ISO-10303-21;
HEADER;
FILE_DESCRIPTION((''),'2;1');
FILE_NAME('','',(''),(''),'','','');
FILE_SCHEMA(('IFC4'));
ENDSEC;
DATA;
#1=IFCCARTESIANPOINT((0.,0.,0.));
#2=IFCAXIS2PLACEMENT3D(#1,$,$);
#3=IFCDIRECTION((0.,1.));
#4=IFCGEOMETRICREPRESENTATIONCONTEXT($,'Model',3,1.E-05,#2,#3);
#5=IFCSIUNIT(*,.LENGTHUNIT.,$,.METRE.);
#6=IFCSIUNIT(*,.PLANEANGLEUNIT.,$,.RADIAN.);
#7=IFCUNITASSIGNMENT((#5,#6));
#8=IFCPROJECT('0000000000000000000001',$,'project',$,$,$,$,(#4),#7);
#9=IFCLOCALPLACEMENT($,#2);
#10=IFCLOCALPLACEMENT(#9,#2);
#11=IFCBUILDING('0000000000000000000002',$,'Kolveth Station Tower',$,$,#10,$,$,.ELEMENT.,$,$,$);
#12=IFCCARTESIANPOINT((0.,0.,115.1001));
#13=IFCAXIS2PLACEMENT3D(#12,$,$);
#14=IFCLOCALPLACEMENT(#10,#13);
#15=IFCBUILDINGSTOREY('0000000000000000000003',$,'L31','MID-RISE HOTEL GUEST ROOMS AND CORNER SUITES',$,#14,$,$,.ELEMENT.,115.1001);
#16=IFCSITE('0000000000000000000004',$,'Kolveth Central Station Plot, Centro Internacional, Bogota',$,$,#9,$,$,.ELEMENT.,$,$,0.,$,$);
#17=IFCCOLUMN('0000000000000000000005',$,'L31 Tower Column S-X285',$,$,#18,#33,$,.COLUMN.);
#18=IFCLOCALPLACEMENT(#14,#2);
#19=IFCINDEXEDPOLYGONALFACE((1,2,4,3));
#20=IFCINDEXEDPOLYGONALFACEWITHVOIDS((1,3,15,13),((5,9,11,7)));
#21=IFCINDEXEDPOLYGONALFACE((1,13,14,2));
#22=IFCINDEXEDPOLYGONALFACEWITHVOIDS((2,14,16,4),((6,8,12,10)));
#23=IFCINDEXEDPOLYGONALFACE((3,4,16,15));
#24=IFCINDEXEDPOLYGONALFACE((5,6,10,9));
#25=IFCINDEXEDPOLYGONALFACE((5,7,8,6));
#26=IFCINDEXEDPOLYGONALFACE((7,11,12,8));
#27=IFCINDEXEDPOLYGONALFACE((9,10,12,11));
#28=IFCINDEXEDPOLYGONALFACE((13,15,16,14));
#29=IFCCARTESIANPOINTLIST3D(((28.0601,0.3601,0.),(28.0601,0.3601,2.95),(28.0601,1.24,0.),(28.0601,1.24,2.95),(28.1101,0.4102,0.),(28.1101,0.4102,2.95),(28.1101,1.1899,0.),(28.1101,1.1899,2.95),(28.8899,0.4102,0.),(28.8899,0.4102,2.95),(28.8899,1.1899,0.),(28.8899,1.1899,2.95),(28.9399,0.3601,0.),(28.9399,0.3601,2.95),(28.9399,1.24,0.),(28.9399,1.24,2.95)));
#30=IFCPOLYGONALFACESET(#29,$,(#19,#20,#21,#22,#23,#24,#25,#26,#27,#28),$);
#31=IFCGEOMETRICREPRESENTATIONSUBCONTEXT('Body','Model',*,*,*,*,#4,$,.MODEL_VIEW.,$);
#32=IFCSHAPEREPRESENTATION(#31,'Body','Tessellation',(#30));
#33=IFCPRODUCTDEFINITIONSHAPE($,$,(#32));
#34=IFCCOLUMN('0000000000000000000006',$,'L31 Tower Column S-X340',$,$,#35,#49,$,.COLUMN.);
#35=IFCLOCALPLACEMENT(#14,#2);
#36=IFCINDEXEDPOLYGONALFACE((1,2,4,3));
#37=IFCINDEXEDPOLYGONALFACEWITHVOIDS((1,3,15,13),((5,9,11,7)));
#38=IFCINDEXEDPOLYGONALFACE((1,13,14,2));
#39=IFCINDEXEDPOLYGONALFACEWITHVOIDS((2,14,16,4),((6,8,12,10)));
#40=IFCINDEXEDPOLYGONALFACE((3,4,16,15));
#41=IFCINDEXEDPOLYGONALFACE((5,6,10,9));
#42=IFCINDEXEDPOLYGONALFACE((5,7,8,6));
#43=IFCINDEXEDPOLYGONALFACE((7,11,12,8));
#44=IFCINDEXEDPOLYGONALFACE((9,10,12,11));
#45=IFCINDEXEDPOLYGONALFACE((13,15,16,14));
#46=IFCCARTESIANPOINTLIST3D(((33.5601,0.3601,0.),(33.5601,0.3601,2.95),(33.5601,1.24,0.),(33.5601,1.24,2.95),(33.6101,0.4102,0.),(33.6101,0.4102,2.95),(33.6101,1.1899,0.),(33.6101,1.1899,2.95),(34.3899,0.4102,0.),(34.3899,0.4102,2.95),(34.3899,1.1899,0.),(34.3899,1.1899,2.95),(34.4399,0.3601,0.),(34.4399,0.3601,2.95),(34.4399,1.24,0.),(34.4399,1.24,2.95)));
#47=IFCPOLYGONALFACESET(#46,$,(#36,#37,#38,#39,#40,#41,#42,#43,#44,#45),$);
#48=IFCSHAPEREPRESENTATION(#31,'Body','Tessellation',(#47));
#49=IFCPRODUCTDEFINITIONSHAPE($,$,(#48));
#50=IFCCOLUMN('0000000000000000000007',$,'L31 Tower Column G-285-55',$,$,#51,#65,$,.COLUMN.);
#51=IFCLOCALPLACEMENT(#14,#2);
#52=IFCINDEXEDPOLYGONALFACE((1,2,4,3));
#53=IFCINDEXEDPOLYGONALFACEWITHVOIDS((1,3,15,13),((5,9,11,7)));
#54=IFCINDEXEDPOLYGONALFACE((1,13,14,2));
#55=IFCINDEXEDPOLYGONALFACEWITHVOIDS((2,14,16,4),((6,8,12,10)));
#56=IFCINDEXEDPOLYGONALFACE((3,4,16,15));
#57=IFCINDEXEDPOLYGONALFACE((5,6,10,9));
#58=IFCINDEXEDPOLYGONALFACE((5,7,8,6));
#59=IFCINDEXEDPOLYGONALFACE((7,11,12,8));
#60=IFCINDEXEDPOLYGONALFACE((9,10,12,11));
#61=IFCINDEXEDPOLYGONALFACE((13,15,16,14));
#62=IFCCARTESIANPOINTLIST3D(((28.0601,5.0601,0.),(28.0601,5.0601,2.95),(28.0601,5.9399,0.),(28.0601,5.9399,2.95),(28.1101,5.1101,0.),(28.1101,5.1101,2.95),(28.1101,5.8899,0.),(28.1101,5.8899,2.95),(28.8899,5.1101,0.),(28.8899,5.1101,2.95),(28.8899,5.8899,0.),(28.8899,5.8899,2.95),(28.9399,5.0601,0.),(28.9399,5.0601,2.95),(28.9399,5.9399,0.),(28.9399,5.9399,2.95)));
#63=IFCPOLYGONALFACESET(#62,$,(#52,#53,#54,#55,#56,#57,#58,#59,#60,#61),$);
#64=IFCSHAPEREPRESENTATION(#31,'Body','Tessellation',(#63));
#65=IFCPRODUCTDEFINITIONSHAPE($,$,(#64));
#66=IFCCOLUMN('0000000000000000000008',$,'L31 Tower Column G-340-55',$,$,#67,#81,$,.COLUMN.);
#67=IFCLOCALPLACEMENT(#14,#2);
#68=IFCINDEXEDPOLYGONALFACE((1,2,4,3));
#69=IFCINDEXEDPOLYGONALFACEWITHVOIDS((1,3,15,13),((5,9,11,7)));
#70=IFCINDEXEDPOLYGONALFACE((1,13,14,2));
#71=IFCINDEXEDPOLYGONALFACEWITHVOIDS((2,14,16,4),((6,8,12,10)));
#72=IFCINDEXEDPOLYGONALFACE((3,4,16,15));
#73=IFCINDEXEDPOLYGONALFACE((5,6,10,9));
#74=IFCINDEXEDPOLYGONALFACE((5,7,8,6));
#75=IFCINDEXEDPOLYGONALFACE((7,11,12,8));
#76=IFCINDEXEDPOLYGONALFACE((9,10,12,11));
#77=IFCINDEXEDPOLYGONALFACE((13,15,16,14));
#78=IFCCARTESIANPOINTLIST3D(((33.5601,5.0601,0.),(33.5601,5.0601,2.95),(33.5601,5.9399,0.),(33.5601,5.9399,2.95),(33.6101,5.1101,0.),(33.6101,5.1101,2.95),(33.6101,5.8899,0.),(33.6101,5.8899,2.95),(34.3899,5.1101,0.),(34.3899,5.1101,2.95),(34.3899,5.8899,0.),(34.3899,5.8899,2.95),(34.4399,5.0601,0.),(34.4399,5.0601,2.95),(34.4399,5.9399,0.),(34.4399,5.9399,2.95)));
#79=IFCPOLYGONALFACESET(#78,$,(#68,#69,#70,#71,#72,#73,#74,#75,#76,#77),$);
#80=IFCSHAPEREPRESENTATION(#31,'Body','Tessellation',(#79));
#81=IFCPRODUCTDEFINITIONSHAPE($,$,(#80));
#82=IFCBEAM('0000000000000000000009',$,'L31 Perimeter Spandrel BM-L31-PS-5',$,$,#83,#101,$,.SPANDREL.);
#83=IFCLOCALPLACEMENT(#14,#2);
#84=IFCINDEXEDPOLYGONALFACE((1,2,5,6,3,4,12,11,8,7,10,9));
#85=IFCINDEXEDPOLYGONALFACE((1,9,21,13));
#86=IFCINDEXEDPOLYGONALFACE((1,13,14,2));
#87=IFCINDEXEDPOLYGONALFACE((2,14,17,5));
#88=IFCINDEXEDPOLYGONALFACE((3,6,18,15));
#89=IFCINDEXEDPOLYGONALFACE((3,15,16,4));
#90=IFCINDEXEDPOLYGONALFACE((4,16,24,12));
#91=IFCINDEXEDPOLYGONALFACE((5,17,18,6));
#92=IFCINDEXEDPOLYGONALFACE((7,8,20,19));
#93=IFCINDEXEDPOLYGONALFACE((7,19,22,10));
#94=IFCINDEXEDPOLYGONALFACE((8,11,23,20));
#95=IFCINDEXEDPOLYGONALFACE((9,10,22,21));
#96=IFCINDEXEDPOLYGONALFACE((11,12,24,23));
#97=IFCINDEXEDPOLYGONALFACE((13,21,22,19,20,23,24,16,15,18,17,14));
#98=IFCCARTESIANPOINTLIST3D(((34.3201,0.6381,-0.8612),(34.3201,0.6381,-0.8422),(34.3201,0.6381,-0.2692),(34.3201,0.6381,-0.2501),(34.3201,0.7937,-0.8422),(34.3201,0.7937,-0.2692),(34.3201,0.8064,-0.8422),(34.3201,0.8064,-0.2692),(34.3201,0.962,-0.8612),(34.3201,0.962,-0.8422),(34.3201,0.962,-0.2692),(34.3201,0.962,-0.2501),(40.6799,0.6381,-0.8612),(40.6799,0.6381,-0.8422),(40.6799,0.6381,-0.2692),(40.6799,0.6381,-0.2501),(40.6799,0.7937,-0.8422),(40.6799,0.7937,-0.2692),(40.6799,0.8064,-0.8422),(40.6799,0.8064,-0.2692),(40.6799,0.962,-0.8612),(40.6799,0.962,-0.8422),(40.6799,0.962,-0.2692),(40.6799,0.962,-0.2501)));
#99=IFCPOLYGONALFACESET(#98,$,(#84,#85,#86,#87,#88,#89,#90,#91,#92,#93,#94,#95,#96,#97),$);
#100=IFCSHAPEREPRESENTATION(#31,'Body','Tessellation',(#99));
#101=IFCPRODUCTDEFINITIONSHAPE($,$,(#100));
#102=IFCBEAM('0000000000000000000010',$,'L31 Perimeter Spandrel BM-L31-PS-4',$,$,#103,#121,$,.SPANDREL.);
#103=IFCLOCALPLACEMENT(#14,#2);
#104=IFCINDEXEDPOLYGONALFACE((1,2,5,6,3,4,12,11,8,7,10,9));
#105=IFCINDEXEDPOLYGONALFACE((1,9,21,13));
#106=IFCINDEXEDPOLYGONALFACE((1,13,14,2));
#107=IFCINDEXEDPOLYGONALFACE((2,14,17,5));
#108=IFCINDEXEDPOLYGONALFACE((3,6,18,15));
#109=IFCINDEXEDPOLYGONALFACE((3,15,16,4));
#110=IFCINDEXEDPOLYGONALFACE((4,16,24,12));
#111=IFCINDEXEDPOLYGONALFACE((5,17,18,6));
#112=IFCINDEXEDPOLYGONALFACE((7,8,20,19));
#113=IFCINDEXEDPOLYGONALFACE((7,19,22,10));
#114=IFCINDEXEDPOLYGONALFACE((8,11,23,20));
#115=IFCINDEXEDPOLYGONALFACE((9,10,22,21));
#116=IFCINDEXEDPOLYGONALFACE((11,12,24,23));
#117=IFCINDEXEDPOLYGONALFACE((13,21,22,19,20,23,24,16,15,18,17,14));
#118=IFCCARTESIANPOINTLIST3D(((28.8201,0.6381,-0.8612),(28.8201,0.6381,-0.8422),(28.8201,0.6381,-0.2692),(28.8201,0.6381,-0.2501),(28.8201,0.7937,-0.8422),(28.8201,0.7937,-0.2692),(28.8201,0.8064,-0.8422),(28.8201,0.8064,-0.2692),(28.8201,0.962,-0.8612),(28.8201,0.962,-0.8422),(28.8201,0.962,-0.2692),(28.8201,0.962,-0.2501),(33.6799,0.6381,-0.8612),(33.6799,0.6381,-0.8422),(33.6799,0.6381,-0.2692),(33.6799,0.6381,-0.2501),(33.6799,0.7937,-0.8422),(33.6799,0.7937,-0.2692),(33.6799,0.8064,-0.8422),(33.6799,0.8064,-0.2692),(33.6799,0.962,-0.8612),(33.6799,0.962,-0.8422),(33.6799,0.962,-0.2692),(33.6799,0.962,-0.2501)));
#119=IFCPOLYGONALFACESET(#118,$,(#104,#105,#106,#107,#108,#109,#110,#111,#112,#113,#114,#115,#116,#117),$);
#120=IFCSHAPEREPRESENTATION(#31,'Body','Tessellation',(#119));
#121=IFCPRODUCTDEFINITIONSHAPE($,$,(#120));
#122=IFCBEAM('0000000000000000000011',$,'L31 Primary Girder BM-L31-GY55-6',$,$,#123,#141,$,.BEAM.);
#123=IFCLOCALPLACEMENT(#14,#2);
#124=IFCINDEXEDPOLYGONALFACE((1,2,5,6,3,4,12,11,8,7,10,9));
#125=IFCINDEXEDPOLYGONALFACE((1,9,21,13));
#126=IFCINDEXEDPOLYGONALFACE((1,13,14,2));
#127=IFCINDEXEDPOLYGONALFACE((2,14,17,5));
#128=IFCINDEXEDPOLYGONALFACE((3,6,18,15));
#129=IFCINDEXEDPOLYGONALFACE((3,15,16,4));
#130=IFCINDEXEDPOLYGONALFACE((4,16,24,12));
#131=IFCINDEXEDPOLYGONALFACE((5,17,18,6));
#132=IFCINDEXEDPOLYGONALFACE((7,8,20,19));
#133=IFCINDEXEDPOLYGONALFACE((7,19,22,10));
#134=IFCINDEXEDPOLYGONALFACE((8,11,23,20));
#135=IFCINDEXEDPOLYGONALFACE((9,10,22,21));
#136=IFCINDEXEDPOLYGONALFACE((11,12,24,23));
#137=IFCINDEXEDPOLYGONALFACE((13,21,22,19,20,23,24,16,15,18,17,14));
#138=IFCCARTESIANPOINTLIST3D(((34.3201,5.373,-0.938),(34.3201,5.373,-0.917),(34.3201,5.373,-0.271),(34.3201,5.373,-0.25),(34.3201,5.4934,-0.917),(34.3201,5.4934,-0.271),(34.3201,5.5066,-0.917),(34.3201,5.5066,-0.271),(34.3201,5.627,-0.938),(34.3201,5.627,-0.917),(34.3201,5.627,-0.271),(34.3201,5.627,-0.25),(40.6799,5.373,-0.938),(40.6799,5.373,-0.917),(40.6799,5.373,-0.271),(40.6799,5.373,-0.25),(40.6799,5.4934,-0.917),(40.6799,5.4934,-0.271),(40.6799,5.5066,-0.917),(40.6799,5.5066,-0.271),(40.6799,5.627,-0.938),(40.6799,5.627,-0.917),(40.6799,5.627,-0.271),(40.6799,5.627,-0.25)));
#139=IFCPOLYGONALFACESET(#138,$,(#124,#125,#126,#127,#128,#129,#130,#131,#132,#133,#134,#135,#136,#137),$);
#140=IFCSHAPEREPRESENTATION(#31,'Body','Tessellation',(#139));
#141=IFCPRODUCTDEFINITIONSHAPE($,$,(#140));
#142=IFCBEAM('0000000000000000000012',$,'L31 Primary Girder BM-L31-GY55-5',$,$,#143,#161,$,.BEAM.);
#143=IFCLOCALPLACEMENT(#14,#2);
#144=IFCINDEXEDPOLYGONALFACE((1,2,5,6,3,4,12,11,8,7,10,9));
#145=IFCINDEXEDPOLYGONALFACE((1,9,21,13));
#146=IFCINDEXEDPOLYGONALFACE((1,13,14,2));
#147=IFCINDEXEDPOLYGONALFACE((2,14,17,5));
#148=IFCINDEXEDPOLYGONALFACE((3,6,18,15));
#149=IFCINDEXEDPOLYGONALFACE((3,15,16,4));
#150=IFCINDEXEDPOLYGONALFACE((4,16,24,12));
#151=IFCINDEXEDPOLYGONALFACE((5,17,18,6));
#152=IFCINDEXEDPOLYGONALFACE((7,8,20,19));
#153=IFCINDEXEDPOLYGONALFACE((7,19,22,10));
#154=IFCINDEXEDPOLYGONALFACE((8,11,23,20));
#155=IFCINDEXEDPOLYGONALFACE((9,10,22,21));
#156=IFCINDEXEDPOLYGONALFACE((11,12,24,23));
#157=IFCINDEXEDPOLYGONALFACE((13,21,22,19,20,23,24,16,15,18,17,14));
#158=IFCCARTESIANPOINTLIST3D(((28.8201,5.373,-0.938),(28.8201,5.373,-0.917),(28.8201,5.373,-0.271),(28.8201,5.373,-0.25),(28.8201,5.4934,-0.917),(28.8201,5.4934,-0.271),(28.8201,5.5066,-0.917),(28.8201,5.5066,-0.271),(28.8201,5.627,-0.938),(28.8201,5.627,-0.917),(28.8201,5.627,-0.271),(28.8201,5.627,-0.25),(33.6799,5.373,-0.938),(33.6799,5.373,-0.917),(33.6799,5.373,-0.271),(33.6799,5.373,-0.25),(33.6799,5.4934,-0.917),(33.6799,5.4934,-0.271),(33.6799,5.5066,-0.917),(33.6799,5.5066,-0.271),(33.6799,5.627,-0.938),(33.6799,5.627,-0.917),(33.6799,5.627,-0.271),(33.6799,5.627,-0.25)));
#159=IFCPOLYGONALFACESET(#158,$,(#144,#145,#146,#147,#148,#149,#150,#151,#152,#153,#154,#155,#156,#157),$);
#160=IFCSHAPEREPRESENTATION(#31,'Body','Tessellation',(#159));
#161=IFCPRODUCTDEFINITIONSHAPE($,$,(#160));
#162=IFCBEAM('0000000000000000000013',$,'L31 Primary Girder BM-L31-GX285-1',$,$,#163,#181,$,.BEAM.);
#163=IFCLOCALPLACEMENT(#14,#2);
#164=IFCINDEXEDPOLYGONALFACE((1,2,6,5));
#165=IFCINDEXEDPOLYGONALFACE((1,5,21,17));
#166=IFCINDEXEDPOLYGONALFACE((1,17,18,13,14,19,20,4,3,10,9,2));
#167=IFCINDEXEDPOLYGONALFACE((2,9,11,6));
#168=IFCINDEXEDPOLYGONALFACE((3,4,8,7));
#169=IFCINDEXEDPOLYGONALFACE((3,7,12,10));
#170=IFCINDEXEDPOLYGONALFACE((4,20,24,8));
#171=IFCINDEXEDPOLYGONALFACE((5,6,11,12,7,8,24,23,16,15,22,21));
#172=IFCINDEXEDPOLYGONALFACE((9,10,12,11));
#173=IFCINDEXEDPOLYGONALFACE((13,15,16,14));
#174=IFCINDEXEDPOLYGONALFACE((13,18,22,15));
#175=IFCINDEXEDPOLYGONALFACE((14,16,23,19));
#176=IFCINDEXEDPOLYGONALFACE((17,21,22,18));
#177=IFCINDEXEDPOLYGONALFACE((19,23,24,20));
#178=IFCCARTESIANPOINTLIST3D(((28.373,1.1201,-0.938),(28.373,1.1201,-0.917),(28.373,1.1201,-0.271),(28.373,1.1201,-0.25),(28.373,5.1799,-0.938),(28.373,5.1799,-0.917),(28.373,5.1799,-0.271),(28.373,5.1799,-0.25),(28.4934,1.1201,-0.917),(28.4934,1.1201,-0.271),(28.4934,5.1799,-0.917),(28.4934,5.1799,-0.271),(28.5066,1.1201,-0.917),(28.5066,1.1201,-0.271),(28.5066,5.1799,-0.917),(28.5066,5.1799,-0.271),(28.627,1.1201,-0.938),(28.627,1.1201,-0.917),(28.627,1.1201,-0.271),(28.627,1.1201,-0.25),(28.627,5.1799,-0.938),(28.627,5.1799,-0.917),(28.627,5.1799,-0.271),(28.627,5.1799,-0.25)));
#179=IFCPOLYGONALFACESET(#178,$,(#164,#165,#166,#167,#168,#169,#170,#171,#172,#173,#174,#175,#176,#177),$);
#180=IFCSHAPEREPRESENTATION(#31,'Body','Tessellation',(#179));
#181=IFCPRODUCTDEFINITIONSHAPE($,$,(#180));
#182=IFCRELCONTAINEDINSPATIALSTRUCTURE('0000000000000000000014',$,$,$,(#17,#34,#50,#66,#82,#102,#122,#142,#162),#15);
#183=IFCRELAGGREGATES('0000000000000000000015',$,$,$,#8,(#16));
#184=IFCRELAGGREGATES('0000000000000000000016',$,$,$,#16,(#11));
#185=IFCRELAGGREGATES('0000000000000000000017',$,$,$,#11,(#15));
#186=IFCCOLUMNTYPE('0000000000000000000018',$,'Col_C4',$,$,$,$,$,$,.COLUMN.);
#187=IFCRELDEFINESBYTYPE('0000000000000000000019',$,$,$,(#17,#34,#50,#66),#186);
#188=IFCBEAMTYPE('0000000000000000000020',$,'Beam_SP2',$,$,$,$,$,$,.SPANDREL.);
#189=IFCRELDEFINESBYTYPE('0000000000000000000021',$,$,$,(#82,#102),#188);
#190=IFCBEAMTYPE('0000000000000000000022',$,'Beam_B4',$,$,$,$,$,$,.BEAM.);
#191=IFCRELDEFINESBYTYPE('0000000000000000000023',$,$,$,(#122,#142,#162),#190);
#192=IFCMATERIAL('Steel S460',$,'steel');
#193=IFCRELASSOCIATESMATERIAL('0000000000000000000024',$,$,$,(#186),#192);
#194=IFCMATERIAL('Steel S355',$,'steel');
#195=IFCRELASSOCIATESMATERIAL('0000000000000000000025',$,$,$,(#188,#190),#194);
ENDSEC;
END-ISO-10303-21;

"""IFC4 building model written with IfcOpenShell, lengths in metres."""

from ifc_helpers import new_model, si_unit, direction, frame, origin, origin_2d, place, context, subcontext, project, spatial, hollow_rectangle, i_section, extrude, source, transform, mapped, material, material_profile, profile_set, type_object, element, save


model = new_model("IFC4")

# Units and contexts
model_context = context("Model", 3, precision=1e-05, world=origin(), true_north=direction((0.0, 1.0)))
body_context = subcontext(model_context, "Body", "Model", "MODEL_VIEW")
ifc_project = project(units=[si_unit("LENGTHUNIT", "METRE"), si_unit("PLANEANGLEUNIT", "RADIAN")], contexts=[model_context])

# Site, building, storey
site_placement = place(None, origin())
site = spatial("IfcSite", under=ifc_project, at=site_placement, Name="Kolveth Central Station Plot, Centro Internacional, Bogota", CompositionType="ELEMENT", RefElevation=0.0)
building_placement = place(site_placement, origin())
building = spatial("IfcBuilding", under=site, at=building_placement, Name="Kolveth Station Tower", CompositionType="ELEMENT")
storey_placement = place(building_placement, frame((0.0, 0.0, 115.1001)))
storey = spatial("IfcBuildingStorey", under=building, at=storey_placement, Name="L31", Description="MID-RISE HOTEL GUEST ROOMS AND CORNER SUITES", CompositionType="ELEMENT", Elevation=115.1001)

# Columns
ifc_material_1 = material(Name="Steel S460", Category="steel")
ifc_material_profile_1 = material_profile(ifc_material_1, hollow_rectangle(XDim=0.8799, YDim=0.8799, WallThickness=0.05, at=origin_2d()), Name="BOX880x880x50")
ifc_profile_set_1 = profile_set([ifc_material_profile_1], Name="Steel S460")
column_type = type_object("IfcColumnType", Name="Col_C4", PredefinedType="COLUMN", material=ifc_profile_set_1)
shared_shape_1 = source(origin(), body_context, "Body", "SweptSolid", [
    extrude(hollow_rectangle(XDim=0.8799, YDim=0.8799, WallThickness=0.05, at=origin_2d()), origin(), (0.0, 0.0, 1.0), 2.95),
])
for number, where, z_axis, x_axis, name in (
    (1, (28.5, 0.8, 0.0), (0.0, 0.0, 1.0), (1.0, 0.0, 0.0), "L31 Tower Column S-X285"),
    (2, (34.0, 0.8, 0.0), (0.0, 0.0, 1.0), (1.0, 0.0, 0.0), "L31 Tower Column S-X340"),
    (3, (28.5, 5.5, 0.0), (0.0, 0.0, 1.0), (1.0, 0.0, 0.0), "L31 Tower Column G-285-55"),
    (4, (34.0, 5.5, 0.0), (0.0, 0.0, 1.0), (1.0, 0.0, 0.0), "L31 Tower Column G-340-55"),
):
    element("IfcColumn", number, at=place(storey_placement, frame(where, z_axis=z_axis, x_axis=x_axis)), inside=storey, type_object=column_type, Name=name, PredefinedType="COLUMN", context=body_context, shape_type="MappedRepresentation", body=[
        mapped(shared_shape_1, transform((0.0, 0.0, 0.0), x_axis=(1.0, 0.0, 0.0), y_axis=(0.0, 1.0, 0.0), z_axis=(0.0, 0.0, 1.0), scale=1.0)),
    ])

# Beams
ifc_material_2 = material(Name="Steel S355", Category="steel")
ifc_material_profile_2 = material_profile(ifc_material_2, i_section(OverallWidth=0.324, OverallDepth=0.6111, WebThickness=0.0127, FlangeThickness=0.019, at=origin_2d()), Name="W610x155")
ifc_profile_set_2 = profile_set([ifc_material_profile_2], Name="Steel S355")
beam_type_1 = type_object("IfcBeamType", Name="Beam_SP2", PredefinedType="SPANDREL", material=ifc_profile_set_2)
shared_shape_2 = source(origin(), body_context, "Body", "SweptSolid", [
    extrude(i_section(OverallWidth=0.324, OverallDepth=0.6111, WebThickness=0.0127, FlangeThickness=0.019, at=origin_2d()), origin(), (0.0, 0.0, 1.0), 6.3599),
])
beam_1_placement = place(storey_placement, frame((34.3201, 0.8, -0.5557), z_axis=(1.0, 0.0, 0.0), x_axis=(0.0, 1.0, 0.0)))
element("IfcBeam", 5, at=beam_1_placement, inside=storey, type_object=beam_type_1, Name="L31 Perimeter Spandrel BM-L31-PS-5", PredefinedType="SPANDREL", context=body_context, shape_type="MappedRepresentation", body=[
    mapped(shared_shape_2, transform((0.0, 0.0, 0.0), x_axis=(1.0, 0.0, 0.0), y_axis=(0.0, 1.0, 0.0), z_axis=(0.0, 0.0, 1.0), scale=1.0)),
])
shared_shape_3 = source(origin(), body_context, "Body", "SweptSolid", [
    extrude(i_section(OverallWidth=0.324, OverallDepth=0.6111, WebThickness=0.0127, FlangeThickness=0.019, at=origin_2d()), origin(), (0.0, 0.0, 1.0), 4.8599),
])
beam_2_placement = place(storey_placement, frame((28.8201, 0.8, -0.5557), z_axis=(1.0, 0.0, 0.0), x_axis=(0.0, 1.0, 0.0)))
element("IfcBeam", 6, at=beam_2_placement, inside=storey, type_object=beam_type_1, Name="L31 Perimeter Spandrel BM-L31-PS-4", PredefinedType="SPANDREL", context=body_context, shape_type="MappedRepresentation", body=[
    mapped(shared_shape_3, transform((0.0, 0.0, 0.0), x_axis=(1.0, 0.0, 0.0), y_axis=(0.0, 1.0, 0.0), z_axis=(0.0, 0.0, 1.0), scale=1.0)),
])
ifc_material_profile_3 = material_profile(ifc_material_2, i_section(OverallWidth=0.2539, OverallDepth=0.688, WebThickness=0.0132, FlangeThickness=0.021, at=origin_2d()), Name="W690x152")
ifc_profile_set_3 = profile_set([ifc_material_profile_3], Name="Steel S355")
beam_type_2 = type_object("IfcBeamType", Name="Beam_B4", PredefinedType="BEAM", material=ifc_profile_set_3)
shared_shape_4 = source(origin(), body_context, "Body", "SweptSolid", [
    extrude(i_section(OverallWidth=0.2539, OverallDepth=0.688, WebThickness=0.0132, FlangeThickness=0.021, at=origin_2d()), origin(), (0.0, 0.0, 1.0), 6.3599),
])
beam_3_placement = place(storey_placement, frame((34.3201, 5.5, -0.594), z_axis=(1.0, 0.0, 0.0), x_axis=(0.0, 1.0, 0.0)))
element("IfcBeam", 7, at=beam_3_placement, inside=storey, type_object=beam_type_2, Name="L31 Primary Girder BM-L31-GY55-6", PredefinedType="BEAM", context=body_context, shape_type="MappedRepresentation", body=[
    mapped(shared_shape_4, transform((0.0, 0.0, 0.0), x_axis=(1.0, 0.0, 0.0), y_axis=(0.0, 1.0, 0.0), z_axis=(0.0, 0.0, 1.0), scale=1.0)),
])
shared_shape_5 = source(origin(), body_context, "Body", "SweptSolid", [
    extrude(i_section(OverallWidth=0.2539, OverallDepth=0.688, WebThickness=0.0132, FlangeThickness=0.021, at=origin_2d()), origin(), (0.0, 0.0, 1.0), 4.8599),
])
beam_4_placement = place(storey_placement, frame((28.8201, 5.5, -0.594), z_axis=(1.0, 0.0, 0.0), x_axis=(0.0, 1.0, 0.0)))
element("IfcBeam", 8, at=beam_4_placement, inside=storey, type_object=beam_type_2, Name="L31 Primary Girder BM-L31-GY55-5", PredefinedType="BEAM", context=body_context, shape_type="MappedRepresentation", body=[
    mapped(shared_shape_5, transform((0.0, 0.0, 0.0), x_axis=(1.0, 0.0, 0.0), y_axis=(0.0, 1.0, 0.0), z_axis=(0.0, 0.0, 1.0), scale=1.0)),
])
shared_shape_6 = source(origin(), body_context, "Body", "SweptSolid", [
    extrude(i_section(OverallWidth=0.2539, OverallDepth=0.688, WebThickness=0.0132, FlangeThickness=0.021, at=origin_2d()), origin(), (0.0, 0.0, 1.0), 4.0598),
])
for number, where, z_axis, x_axis, name in (
    (9, (28.5, 1.1201, -0.594), (0.0, 1.0, 0.0), (-1.0, 0.0, 0.0), "L31 Primary Girder BM-L31-GX285-1"),
):
    element("IfcBeam", number, at=place(storey_placement, frame(where, z_axis=z_axis, x_axis=x_axis)), inside=storey, type_object=beam_type_2, Name=name, PredefinedType="BEAM", context=body_context, shape_type="MappedRepresentation", body=[
        mapped(shared_shape_6, transform((0.0, 0.0, 0.0), x_axis=(1.0, 0.0, 0.0), y_axis=(0.0, 1.0, 0.0), z_axis=(0.0, 0.0, 1.0), scale=1.0)),
    ])

save(model, "model.ifc")
